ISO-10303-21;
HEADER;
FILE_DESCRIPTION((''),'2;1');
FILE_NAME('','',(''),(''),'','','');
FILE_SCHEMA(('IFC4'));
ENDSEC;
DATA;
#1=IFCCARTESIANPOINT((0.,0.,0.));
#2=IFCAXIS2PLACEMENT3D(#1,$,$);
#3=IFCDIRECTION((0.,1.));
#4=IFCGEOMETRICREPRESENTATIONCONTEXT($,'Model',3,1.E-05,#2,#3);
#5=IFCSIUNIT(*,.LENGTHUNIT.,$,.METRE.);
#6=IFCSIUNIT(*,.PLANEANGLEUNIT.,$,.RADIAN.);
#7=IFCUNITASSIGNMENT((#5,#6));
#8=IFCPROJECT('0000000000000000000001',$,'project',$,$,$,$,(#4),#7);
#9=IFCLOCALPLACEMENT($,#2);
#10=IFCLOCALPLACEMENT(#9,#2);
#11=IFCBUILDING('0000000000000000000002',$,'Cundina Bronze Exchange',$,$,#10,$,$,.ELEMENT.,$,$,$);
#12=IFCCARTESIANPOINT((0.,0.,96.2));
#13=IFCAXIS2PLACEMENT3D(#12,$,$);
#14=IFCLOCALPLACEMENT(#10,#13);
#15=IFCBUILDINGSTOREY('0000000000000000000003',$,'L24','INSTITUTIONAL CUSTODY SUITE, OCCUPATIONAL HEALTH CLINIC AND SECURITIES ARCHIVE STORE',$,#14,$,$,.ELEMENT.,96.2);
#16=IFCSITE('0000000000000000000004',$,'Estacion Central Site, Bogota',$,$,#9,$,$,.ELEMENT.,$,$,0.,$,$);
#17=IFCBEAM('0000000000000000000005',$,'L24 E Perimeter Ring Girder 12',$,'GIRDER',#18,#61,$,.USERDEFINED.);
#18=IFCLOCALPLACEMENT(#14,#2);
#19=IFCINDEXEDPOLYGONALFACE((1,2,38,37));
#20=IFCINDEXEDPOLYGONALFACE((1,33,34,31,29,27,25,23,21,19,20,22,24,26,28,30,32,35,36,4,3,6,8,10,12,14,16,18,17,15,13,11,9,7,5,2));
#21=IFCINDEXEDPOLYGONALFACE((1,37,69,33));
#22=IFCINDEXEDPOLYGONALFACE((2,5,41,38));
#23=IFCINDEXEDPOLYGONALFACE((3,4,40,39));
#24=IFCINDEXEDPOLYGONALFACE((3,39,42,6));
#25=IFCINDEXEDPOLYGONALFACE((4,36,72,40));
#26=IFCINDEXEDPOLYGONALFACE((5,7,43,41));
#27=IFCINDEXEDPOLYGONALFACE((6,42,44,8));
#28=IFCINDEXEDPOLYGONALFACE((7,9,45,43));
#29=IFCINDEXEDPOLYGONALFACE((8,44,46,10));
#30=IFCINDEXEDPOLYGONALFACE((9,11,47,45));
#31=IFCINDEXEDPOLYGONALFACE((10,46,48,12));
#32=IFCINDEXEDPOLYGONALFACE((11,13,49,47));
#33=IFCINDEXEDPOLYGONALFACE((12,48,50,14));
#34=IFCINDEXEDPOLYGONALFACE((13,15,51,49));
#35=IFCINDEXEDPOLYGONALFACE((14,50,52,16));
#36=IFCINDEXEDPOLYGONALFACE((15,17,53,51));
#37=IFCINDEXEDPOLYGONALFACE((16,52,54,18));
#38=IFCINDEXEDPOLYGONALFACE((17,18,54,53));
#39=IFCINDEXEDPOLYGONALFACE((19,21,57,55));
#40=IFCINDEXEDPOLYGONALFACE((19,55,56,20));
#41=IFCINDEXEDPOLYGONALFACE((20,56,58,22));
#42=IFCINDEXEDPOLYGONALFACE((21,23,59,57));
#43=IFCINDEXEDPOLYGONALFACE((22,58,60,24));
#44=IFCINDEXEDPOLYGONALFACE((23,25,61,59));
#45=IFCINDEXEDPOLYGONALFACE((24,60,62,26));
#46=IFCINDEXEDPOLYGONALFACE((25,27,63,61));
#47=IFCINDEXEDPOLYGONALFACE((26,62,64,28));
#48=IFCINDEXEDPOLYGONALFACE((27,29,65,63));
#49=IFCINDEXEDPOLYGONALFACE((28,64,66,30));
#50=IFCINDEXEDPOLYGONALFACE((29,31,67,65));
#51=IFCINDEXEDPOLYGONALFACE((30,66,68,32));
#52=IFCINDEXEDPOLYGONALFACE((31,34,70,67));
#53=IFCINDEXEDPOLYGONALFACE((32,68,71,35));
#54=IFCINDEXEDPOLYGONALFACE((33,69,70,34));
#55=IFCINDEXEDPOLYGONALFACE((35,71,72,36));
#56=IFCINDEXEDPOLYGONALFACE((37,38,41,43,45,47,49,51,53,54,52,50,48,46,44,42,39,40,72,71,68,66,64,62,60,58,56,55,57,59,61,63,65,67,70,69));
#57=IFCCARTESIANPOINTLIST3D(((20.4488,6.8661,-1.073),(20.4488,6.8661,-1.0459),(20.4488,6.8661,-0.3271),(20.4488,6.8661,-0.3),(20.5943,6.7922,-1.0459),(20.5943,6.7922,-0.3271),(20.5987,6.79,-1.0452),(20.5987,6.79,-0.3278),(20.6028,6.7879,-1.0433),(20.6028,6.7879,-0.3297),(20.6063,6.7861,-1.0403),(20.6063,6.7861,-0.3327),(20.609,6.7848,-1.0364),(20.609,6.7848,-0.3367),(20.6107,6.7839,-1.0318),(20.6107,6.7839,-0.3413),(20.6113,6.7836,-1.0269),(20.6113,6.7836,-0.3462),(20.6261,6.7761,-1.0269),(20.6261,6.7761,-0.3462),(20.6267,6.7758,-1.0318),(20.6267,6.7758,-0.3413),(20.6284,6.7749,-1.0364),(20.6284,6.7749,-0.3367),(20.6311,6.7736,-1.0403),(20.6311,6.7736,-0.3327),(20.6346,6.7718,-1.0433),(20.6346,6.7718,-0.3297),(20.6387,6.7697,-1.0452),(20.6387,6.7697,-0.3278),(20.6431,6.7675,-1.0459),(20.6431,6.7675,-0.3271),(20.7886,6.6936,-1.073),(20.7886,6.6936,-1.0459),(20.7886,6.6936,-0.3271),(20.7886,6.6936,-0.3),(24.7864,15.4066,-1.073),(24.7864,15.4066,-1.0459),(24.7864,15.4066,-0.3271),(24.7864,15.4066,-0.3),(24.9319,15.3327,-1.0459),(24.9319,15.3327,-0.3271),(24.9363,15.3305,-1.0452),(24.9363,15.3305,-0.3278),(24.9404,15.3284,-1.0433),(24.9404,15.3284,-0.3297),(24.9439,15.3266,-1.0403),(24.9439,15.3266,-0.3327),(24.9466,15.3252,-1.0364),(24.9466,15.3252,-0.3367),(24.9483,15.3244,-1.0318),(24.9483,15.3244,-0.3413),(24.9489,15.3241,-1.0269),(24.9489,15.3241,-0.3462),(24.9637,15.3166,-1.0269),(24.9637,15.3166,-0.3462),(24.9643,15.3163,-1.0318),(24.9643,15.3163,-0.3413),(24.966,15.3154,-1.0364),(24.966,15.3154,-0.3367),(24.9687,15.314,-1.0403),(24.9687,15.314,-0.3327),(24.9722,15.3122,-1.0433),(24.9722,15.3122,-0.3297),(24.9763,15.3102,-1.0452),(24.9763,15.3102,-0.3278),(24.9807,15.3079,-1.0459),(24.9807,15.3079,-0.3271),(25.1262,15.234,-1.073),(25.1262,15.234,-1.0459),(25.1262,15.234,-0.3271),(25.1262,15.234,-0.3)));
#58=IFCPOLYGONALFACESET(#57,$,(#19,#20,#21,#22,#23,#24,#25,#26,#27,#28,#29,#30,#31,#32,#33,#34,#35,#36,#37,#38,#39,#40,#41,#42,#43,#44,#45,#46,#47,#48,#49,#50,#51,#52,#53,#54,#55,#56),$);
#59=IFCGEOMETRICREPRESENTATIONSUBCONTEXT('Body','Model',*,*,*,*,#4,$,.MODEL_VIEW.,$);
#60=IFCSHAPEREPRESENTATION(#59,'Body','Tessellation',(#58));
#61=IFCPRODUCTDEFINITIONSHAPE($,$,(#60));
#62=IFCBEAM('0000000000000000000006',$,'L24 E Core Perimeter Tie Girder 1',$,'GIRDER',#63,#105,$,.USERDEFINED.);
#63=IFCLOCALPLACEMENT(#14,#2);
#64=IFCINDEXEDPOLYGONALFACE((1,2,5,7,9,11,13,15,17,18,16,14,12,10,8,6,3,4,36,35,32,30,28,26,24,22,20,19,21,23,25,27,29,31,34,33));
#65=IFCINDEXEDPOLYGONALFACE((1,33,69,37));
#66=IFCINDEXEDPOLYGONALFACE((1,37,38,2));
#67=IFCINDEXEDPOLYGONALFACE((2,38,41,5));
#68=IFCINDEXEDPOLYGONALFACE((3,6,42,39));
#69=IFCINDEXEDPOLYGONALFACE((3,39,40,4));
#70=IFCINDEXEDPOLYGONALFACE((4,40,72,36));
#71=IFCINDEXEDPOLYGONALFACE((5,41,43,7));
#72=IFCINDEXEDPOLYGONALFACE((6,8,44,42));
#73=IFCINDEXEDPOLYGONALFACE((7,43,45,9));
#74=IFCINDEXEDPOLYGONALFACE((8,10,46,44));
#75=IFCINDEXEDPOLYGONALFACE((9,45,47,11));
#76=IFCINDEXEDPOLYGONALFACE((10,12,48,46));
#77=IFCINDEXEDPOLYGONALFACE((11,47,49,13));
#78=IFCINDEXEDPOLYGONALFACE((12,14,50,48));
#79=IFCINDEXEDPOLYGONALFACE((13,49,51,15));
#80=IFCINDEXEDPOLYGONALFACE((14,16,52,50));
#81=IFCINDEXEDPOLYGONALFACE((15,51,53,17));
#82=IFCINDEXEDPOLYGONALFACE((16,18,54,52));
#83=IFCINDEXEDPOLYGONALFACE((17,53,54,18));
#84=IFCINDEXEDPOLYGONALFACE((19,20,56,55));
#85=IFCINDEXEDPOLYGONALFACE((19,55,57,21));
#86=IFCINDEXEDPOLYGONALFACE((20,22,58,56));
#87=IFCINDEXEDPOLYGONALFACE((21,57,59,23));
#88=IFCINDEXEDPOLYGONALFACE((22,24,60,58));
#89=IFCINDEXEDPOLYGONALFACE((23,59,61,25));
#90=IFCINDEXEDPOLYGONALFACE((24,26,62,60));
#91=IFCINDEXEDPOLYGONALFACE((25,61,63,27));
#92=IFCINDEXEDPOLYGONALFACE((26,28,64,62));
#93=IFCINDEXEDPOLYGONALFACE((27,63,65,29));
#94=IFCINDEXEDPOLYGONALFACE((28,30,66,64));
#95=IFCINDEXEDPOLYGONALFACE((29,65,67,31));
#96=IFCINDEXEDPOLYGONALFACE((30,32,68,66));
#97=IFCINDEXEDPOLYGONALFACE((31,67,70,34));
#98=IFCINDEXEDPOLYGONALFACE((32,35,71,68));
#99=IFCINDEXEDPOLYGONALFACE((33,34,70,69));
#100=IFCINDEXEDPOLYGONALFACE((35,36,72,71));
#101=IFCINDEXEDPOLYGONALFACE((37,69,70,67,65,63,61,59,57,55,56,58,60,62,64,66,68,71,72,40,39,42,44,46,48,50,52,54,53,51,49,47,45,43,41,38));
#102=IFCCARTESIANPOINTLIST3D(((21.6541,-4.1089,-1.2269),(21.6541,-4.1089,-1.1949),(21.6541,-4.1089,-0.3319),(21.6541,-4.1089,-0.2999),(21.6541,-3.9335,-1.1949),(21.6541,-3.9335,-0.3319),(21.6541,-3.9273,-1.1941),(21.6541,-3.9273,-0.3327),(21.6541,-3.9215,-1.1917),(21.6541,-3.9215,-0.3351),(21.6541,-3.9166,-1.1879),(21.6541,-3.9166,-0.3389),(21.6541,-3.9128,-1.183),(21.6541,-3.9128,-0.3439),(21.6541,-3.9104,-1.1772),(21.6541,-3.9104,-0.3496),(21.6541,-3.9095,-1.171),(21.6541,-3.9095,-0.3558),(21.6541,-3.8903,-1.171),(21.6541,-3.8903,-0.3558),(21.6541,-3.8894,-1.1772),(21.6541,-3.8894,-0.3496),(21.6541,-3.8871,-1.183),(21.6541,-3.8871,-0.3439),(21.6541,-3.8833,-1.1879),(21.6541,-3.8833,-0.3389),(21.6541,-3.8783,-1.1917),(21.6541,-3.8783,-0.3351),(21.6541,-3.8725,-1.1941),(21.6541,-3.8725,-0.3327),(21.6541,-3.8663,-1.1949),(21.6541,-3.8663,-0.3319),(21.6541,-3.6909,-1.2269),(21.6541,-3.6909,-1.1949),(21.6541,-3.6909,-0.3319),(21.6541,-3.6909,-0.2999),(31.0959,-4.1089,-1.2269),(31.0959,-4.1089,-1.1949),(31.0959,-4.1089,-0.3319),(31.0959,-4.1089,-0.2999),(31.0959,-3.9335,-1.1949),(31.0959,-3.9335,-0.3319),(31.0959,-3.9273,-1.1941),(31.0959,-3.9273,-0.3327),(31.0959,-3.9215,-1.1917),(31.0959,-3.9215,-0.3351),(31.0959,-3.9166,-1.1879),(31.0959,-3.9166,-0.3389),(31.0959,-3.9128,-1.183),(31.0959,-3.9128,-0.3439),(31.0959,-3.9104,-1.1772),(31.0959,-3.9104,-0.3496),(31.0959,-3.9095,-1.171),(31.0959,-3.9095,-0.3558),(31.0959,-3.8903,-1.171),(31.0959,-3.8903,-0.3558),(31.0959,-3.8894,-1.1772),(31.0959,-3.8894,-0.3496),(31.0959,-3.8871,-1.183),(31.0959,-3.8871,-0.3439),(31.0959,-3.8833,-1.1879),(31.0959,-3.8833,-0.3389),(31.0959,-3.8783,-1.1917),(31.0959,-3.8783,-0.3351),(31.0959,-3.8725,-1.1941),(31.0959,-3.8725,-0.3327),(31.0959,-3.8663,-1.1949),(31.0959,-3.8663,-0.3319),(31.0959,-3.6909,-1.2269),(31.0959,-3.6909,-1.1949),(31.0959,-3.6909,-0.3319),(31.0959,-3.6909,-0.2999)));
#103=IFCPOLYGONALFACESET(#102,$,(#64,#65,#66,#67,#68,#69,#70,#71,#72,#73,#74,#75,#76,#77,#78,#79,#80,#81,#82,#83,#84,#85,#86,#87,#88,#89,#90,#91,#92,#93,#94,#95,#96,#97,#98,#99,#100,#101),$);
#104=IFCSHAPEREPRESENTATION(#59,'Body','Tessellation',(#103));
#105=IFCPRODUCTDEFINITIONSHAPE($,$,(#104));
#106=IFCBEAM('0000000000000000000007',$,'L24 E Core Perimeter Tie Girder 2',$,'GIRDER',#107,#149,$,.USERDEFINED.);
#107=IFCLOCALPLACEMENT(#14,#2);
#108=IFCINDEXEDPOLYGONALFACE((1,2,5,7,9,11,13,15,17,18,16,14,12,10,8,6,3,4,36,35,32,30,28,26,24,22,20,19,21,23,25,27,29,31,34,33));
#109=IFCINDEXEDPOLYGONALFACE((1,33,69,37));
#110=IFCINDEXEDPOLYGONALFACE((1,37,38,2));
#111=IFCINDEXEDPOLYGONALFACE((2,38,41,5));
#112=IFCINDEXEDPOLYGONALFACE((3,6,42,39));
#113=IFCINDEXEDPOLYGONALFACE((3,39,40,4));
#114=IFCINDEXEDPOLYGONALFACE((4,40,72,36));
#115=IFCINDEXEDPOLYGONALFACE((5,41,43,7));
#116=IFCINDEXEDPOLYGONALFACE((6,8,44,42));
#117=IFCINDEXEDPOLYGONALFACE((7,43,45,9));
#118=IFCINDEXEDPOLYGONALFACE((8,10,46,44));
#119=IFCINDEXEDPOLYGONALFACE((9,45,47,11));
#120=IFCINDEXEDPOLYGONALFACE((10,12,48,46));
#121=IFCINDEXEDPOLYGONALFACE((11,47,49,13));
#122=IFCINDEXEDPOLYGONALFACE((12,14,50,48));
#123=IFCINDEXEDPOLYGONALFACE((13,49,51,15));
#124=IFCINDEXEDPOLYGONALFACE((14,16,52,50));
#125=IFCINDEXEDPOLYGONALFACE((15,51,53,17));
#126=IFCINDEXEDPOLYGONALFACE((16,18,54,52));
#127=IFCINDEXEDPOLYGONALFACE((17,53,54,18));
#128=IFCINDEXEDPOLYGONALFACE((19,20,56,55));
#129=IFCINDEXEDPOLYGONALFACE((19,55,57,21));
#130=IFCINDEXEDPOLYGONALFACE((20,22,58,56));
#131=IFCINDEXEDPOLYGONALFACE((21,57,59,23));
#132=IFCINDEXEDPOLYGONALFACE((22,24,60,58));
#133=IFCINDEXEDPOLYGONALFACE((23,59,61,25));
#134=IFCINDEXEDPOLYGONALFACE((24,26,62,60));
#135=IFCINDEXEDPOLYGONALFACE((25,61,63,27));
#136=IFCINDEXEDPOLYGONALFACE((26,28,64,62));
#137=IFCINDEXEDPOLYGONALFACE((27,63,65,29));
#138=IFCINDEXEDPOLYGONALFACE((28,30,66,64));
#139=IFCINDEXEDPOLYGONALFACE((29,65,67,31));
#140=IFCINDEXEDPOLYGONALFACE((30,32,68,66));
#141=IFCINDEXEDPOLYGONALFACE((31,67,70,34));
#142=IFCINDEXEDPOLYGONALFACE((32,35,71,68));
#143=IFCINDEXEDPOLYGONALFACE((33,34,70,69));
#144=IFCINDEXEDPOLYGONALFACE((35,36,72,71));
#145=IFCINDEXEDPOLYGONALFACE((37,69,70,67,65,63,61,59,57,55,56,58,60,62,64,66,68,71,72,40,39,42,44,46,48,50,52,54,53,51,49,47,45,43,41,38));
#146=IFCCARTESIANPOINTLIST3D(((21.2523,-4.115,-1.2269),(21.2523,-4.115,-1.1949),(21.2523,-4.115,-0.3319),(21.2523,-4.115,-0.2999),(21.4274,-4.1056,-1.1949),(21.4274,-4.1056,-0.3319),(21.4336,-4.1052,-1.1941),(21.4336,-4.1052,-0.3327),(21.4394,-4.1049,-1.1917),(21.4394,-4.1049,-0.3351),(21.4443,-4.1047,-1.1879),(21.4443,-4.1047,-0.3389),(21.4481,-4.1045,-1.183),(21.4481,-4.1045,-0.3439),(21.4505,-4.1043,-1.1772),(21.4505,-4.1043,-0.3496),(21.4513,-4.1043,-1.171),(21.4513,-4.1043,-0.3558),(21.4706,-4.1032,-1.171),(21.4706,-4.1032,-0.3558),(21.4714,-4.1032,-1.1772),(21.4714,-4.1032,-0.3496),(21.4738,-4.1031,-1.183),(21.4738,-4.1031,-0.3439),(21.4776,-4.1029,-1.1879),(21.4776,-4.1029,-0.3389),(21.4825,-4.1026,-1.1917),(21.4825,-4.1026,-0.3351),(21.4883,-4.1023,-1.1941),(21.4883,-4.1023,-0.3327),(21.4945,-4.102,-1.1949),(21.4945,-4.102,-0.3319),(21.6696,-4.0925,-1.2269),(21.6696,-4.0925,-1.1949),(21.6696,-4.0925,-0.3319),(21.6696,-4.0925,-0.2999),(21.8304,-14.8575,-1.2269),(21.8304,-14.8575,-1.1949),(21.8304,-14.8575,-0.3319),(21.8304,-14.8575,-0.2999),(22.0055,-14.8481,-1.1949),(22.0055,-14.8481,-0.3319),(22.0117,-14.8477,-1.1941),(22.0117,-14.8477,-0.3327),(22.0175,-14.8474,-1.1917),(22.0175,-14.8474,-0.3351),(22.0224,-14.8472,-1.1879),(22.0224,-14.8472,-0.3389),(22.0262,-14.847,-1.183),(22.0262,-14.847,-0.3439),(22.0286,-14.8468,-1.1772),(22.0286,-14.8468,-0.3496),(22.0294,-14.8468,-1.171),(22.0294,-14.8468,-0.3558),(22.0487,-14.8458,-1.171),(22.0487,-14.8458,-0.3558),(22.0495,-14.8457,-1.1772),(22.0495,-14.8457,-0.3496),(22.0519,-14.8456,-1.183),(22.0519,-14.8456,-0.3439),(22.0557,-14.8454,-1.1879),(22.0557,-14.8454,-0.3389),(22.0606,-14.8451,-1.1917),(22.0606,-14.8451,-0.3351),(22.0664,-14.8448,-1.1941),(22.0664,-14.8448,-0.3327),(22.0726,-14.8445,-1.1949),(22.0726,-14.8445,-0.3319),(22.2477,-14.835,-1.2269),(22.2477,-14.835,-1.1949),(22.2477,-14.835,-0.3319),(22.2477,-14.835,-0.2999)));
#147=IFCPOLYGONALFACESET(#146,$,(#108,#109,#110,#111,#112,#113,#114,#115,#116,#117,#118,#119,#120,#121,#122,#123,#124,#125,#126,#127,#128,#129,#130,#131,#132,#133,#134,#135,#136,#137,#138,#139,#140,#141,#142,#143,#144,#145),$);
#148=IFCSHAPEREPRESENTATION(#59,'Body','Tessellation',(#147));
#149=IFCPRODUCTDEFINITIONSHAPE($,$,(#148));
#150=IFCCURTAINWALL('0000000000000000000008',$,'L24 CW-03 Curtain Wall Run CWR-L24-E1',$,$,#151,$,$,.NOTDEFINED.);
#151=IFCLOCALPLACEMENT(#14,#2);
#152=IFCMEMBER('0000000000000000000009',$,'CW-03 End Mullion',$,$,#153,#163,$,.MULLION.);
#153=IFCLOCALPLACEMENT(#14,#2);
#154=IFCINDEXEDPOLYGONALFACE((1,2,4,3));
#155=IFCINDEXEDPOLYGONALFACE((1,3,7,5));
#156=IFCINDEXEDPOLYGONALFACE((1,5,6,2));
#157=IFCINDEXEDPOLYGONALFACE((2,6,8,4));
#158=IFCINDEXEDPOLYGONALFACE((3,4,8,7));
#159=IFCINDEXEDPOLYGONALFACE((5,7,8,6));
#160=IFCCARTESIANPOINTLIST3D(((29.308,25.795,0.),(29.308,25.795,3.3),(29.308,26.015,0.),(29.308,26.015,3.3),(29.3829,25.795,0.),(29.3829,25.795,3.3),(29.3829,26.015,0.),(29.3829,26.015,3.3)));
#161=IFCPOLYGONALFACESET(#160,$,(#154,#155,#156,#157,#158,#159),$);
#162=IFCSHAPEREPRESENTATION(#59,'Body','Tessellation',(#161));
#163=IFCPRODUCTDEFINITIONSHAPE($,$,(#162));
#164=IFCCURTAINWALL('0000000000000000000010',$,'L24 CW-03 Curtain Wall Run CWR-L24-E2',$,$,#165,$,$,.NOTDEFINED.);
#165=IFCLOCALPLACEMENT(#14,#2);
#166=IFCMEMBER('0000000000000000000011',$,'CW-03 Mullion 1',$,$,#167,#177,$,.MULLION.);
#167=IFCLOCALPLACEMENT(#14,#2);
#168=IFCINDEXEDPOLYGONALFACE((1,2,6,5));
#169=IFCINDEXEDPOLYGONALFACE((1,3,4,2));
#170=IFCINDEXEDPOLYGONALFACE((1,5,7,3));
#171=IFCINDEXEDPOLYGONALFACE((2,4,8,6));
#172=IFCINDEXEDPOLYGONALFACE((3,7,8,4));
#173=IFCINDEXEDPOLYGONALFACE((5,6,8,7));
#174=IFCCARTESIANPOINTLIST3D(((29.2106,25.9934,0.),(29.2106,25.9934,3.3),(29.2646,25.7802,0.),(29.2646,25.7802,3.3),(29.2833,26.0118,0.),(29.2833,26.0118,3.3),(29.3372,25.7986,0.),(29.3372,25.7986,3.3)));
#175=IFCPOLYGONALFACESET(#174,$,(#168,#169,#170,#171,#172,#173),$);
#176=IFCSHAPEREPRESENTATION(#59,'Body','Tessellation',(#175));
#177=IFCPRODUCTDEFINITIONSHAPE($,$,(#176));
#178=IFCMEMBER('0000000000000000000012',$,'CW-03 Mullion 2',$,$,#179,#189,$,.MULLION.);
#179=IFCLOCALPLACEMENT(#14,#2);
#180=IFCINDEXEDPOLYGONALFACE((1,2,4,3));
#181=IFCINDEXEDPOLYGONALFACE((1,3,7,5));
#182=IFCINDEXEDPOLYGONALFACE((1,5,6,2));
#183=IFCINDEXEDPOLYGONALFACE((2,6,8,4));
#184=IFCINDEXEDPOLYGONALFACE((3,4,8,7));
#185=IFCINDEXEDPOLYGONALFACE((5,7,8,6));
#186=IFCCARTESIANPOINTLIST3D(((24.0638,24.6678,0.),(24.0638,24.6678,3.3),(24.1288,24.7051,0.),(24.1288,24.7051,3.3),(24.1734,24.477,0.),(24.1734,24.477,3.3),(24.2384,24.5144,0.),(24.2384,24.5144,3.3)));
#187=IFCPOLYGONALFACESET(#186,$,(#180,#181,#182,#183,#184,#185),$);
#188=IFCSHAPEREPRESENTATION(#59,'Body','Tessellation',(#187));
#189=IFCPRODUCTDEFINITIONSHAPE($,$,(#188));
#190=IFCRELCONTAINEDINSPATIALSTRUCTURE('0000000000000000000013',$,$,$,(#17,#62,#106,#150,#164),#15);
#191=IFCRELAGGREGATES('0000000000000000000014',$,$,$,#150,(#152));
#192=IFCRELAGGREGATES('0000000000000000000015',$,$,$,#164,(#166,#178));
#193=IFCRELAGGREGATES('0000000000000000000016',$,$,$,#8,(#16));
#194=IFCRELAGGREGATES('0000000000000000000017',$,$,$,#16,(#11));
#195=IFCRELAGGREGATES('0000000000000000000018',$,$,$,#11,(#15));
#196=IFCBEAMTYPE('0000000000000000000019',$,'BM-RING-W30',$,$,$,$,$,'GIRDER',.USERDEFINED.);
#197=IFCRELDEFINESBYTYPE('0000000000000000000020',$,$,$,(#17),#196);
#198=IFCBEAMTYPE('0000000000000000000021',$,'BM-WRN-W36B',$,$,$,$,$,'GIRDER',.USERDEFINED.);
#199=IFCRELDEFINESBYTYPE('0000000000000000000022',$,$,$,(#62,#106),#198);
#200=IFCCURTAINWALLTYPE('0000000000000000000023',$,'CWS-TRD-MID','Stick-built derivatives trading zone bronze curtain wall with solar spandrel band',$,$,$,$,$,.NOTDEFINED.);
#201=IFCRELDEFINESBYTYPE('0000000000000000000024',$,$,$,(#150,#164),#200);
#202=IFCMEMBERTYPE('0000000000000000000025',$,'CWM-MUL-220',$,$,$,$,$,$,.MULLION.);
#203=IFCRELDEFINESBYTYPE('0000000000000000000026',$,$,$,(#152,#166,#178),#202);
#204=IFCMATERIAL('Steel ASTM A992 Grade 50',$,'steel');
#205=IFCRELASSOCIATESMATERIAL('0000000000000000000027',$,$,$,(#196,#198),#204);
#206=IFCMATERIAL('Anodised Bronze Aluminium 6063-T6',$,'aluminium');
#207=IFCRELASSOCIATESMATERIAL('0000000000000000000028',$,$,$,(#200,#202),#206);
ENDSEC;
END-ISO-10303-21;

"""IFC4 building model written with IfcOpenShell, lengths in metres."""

from ifc_helpers import new_model, si_unit, direction, frame, origin, origin_2d, place, context, subcontext, project, spatial, rectangle, i_section, extrude, material, material_profile, profile_set, type_object, element, aggregate, save


model = new_model("IFC4")

# Units and contexts
model_context = context("Model", 3, precision=1e-05, world=origin(), true_north=direction((0.0, 1.0)))
body_context = subcontext(model_context, "Body", "Model", "MODEL_VIEW")
ifc_project = project(units=[si_unit("LENGTHUNIT", "METRE"), si_unit("PLANEANGLEUNIT", "RADIAN")], contexts=[model_context])

# Site, building, storey
site_placement = place(None, origin())
site = spatial("IfcSite", under=ifc_project, at=site_placement, Name="Estacion Central Site, Bogota", CompositionType="ELEMENT", RefElevation=0.0)
building_placement = place(site_placement, origin())
building = spatial("IfcBuilding", under=site, at=building_placement, Name="Cundina Bronze Exchange", CompositionType="ELEMENT")
storey_placement = place(building_placement, frame((0.0, 0.0, 96.2)))
storey = spatial("IfcBuildingStorey", under=building, at=storey_placement, Name="L24", Description="INSTITUTIONAL CUSTODY SUITE, OCCUPATIONAL HEALTH CLINIC AND SECURITIES ARCHIVE STORE", CompositionType="ELEMENT", Elevation=96.2)

# Shared definitions
ifc_material_1 = material(Name="Steel ASTM A992 Grade 50", Category="steel")

# Beams
ifc_material_profile_1 = material_profile(ifc_material_1, i_section(OverallWidth=0.3811, OverallDepth=0.7729, WebThickness=0.0166, FlangeThickness=0.0271, FilletRadius=0.019, at=origin_2d()), Name="W30X173", Category="steel")
ifc_profile_set_1 = profile_set([ifc_material_profile_1], Name="Steel ASTM A992 Grade 50")
beam_type_1 = type_object("IfcBeamType", Name="BM-RING-W30", ElementType="GIRDER", PredefinedType="USERDEFINED", material=ifc_profile_set_1)
beam_1_placement = place(storey_placement, frame((24.9563, 15.3203, -0.6865), z_axis=(-0.452832, -0.891596, 0.0), x_axis=(0.891596, -0.452832, 0.0)))
element("IfcBeam", 1, at=beam_1_placement, inside=storey, type_object=beam_type_1, Name="L24 E Perimeter Ring Girder 12", ObjectType="GIRDER", PredefinedType="USERDEFINED", context=body_context, shape_type="SweptSolid", body=[
    extrude(i_section(OverallWidth=0.3811, OverallDepth=0.7729, WebThickness=0.0166, FlangeThickness=0.0271, FilletRadius=0.019, at=origin_2d()), origin(), (0.0, 0.0, 1.0), 9.5789),
])
ifc_material_profile_2 = material_profile(ifc_material_1, i_section(OverallWidth=0.418, OverallDepth=0.927, WebThickness=0.0193, FlangeThickness=0.032, FilletRadius=0.0239, at=origin_2d()), Name="W36X231", Category="steel")
ifc_profile_set_2 = profile_set([ifc_material_profile_2], Name="Steel ASTM A992 Grade 50")
beam_type_2 = type_object("IfcBeamType", Name="BM-WRN-W36B", ElementType="GIRDER", PredefinedType="USERDEFINED", material=ifc_profile_set_2)
beam_2_placement = place(storey_placement, frame((31.0959, -3.8999, -0.7634), z_axis=(-1.0, 0.0, 0.0), x_axis=(0.0, -1.0, 0.0)))
element("IfcBeam", 2, at=beam_2_placement, inside=storey, type_object=beam_type_2, Name="L24 E Core Perimeter Tie Girder 1", ObjectType="GIRDER", PredefinedType="USERDEFINED", context=body_context, shape_type="SweptSolid", body=[
    extrude(i_section(OverallWidth=0.418, OverallDepth=0.927, WebThickness=0.0193, FlangeThickness=0.032, FilletRadius=0.0239, at=origin_2d()), origin(), (0.0, 0.0, 1.0), 9.4419),
])
beam_3_placement = place(storey_placement, frame((21.4609, -4.1038, -0.7634), z_axis=(0.053739, -0.998555, 0.0), x_axis=(0.998555, 0.053739, 0.0)))
element("IfcBeam", 3, at=beam_3_placement, inside=storey, type_object=beam_type_2, Name="L24 E Core Perimeter Tie Girder 2", ObjectType="GIRDER", PredefinedType="USERDEFINED", context=body_context, shape_type="SweptSolid", body=[
    extrude(i_section(OverallWidth=0.418, OverallDepth=0.927, WebThickness=0.0193, FlangeThickness=0.032, FilletRadius=0.0239, at=origin_2d()), origin(), (0.0, 0.0, 1.0), 10.7581),
])

# Curtain wall, member
ifc_material_2 = material(Name="Anodised Bronze Aluminium 6063-T6", Category="aluminium")
curtain_wall_type = type_object("IfcCurtainWallType", Name="CWS-TRD-MID", Description="Stick-built derivatives trading zone bronze curtain wall with solar spandrel band", PredefinedType="NOTDEFINED", material=ifc_material_2)
curtain_wall_1_placement = place(storey_placement, origin())
curtain_wall_1 = element("IfcCurtainWall", 4, at=curtain_wall_1_placement, inside=storey, type_object=curtain_wall_type, Name="L24 CW-03 Curtain Wall Run CWR-L24-E1", PredefinedType="NOTDEFINED")
ifc_material_profile_3 = material_profile(ifc_material_2, rectangle(XDim=0.075, YDim=0.22, at=origin_2d()), Name="AL75X220", Category="aluminium")
ifc_profile_set_3 = profile_set([ifc_material_profile_3], Name="Anodised Bronze Aluminium 6063-T6")
member_type_1 = type_object("IfcMemberType", Name="CWM-MUL-220", PredefinedType="MULLION", material=ifc_profile_set_3)
member_1_placement = place(storey_placement, frame((29.3455, 25.905, 0.0), z_axis=(0.0, 0.0, 1.0), x_axis=(-1.0, 0.0, 0.0)))
member_1 = element("IfcMember", 5, at=member_1_placement, type_object=member_type_1, Name="CW-03 End Mullion", PredefinedType="MULLION", context=body_context, shape_type="SweptSolid", body=[
    extrude(rectangle(XDim=0.075, YDim=0.22, at=origin_2d()), origin(), (0.0, 0.0, 1.0), 3.3),
])
aggregate(curtain_wall_1, [member_1])

# Curtain wall, members
curtain_wall_2_placement = place(storey_placement, origin())
curtain_wall_2 = element("IfcCurtainWall", 6, at=curtain_wall_2_placement, inside=storey, type_object=curtain_wall_type, Name="L24 CW-03 Curtain Wall Run CWR-L24-E2", PredefinedType="NOTDEFINED")
member_2_placement = place(storey_placement, frame((29.2739, 25.896, 0.0), z_axis=(0.0, 0.0, 1.0), x_axis=(-0.969488, -0.245138, 0.0)))
member_2 = element("IfcMember", 7, at=member_2_placement, type_object=member_type_1, Name="CW-03 Mullion 1", PredefinedType="MULLION", context=body_context, shape_type="SweptSolid", body=[
    extrude(rectangle(XDim=0.075, YDim=0.22, at=origin_2d()), origin(), (0.0, 0.0, 1.0), 3.3),
])
member_3_placement = place(storey_placement, frame((24.1511, 24.5911, 0.0), z_axis=(0.0, 0.0, 1.0), x_axis=(-0.867071, -0.498185, 0.0)))
member_3 = element("IfcMember", 8, at=member_3_placement, type_object=member_type_1, Name="CW-03 Mullion 2", PredefinedType="MULLION", context=body_context, shape_type="SweptSolid", body=[
    extrude(rectangle(XDim=0.075, YDim=0.22, at=origin_2d()), origin(), (0.0, 0.0, 1.0), 3.3),
])
aggregate(curtain_wall_2, [member_2, member_3])

save(model, "model.ifc")
